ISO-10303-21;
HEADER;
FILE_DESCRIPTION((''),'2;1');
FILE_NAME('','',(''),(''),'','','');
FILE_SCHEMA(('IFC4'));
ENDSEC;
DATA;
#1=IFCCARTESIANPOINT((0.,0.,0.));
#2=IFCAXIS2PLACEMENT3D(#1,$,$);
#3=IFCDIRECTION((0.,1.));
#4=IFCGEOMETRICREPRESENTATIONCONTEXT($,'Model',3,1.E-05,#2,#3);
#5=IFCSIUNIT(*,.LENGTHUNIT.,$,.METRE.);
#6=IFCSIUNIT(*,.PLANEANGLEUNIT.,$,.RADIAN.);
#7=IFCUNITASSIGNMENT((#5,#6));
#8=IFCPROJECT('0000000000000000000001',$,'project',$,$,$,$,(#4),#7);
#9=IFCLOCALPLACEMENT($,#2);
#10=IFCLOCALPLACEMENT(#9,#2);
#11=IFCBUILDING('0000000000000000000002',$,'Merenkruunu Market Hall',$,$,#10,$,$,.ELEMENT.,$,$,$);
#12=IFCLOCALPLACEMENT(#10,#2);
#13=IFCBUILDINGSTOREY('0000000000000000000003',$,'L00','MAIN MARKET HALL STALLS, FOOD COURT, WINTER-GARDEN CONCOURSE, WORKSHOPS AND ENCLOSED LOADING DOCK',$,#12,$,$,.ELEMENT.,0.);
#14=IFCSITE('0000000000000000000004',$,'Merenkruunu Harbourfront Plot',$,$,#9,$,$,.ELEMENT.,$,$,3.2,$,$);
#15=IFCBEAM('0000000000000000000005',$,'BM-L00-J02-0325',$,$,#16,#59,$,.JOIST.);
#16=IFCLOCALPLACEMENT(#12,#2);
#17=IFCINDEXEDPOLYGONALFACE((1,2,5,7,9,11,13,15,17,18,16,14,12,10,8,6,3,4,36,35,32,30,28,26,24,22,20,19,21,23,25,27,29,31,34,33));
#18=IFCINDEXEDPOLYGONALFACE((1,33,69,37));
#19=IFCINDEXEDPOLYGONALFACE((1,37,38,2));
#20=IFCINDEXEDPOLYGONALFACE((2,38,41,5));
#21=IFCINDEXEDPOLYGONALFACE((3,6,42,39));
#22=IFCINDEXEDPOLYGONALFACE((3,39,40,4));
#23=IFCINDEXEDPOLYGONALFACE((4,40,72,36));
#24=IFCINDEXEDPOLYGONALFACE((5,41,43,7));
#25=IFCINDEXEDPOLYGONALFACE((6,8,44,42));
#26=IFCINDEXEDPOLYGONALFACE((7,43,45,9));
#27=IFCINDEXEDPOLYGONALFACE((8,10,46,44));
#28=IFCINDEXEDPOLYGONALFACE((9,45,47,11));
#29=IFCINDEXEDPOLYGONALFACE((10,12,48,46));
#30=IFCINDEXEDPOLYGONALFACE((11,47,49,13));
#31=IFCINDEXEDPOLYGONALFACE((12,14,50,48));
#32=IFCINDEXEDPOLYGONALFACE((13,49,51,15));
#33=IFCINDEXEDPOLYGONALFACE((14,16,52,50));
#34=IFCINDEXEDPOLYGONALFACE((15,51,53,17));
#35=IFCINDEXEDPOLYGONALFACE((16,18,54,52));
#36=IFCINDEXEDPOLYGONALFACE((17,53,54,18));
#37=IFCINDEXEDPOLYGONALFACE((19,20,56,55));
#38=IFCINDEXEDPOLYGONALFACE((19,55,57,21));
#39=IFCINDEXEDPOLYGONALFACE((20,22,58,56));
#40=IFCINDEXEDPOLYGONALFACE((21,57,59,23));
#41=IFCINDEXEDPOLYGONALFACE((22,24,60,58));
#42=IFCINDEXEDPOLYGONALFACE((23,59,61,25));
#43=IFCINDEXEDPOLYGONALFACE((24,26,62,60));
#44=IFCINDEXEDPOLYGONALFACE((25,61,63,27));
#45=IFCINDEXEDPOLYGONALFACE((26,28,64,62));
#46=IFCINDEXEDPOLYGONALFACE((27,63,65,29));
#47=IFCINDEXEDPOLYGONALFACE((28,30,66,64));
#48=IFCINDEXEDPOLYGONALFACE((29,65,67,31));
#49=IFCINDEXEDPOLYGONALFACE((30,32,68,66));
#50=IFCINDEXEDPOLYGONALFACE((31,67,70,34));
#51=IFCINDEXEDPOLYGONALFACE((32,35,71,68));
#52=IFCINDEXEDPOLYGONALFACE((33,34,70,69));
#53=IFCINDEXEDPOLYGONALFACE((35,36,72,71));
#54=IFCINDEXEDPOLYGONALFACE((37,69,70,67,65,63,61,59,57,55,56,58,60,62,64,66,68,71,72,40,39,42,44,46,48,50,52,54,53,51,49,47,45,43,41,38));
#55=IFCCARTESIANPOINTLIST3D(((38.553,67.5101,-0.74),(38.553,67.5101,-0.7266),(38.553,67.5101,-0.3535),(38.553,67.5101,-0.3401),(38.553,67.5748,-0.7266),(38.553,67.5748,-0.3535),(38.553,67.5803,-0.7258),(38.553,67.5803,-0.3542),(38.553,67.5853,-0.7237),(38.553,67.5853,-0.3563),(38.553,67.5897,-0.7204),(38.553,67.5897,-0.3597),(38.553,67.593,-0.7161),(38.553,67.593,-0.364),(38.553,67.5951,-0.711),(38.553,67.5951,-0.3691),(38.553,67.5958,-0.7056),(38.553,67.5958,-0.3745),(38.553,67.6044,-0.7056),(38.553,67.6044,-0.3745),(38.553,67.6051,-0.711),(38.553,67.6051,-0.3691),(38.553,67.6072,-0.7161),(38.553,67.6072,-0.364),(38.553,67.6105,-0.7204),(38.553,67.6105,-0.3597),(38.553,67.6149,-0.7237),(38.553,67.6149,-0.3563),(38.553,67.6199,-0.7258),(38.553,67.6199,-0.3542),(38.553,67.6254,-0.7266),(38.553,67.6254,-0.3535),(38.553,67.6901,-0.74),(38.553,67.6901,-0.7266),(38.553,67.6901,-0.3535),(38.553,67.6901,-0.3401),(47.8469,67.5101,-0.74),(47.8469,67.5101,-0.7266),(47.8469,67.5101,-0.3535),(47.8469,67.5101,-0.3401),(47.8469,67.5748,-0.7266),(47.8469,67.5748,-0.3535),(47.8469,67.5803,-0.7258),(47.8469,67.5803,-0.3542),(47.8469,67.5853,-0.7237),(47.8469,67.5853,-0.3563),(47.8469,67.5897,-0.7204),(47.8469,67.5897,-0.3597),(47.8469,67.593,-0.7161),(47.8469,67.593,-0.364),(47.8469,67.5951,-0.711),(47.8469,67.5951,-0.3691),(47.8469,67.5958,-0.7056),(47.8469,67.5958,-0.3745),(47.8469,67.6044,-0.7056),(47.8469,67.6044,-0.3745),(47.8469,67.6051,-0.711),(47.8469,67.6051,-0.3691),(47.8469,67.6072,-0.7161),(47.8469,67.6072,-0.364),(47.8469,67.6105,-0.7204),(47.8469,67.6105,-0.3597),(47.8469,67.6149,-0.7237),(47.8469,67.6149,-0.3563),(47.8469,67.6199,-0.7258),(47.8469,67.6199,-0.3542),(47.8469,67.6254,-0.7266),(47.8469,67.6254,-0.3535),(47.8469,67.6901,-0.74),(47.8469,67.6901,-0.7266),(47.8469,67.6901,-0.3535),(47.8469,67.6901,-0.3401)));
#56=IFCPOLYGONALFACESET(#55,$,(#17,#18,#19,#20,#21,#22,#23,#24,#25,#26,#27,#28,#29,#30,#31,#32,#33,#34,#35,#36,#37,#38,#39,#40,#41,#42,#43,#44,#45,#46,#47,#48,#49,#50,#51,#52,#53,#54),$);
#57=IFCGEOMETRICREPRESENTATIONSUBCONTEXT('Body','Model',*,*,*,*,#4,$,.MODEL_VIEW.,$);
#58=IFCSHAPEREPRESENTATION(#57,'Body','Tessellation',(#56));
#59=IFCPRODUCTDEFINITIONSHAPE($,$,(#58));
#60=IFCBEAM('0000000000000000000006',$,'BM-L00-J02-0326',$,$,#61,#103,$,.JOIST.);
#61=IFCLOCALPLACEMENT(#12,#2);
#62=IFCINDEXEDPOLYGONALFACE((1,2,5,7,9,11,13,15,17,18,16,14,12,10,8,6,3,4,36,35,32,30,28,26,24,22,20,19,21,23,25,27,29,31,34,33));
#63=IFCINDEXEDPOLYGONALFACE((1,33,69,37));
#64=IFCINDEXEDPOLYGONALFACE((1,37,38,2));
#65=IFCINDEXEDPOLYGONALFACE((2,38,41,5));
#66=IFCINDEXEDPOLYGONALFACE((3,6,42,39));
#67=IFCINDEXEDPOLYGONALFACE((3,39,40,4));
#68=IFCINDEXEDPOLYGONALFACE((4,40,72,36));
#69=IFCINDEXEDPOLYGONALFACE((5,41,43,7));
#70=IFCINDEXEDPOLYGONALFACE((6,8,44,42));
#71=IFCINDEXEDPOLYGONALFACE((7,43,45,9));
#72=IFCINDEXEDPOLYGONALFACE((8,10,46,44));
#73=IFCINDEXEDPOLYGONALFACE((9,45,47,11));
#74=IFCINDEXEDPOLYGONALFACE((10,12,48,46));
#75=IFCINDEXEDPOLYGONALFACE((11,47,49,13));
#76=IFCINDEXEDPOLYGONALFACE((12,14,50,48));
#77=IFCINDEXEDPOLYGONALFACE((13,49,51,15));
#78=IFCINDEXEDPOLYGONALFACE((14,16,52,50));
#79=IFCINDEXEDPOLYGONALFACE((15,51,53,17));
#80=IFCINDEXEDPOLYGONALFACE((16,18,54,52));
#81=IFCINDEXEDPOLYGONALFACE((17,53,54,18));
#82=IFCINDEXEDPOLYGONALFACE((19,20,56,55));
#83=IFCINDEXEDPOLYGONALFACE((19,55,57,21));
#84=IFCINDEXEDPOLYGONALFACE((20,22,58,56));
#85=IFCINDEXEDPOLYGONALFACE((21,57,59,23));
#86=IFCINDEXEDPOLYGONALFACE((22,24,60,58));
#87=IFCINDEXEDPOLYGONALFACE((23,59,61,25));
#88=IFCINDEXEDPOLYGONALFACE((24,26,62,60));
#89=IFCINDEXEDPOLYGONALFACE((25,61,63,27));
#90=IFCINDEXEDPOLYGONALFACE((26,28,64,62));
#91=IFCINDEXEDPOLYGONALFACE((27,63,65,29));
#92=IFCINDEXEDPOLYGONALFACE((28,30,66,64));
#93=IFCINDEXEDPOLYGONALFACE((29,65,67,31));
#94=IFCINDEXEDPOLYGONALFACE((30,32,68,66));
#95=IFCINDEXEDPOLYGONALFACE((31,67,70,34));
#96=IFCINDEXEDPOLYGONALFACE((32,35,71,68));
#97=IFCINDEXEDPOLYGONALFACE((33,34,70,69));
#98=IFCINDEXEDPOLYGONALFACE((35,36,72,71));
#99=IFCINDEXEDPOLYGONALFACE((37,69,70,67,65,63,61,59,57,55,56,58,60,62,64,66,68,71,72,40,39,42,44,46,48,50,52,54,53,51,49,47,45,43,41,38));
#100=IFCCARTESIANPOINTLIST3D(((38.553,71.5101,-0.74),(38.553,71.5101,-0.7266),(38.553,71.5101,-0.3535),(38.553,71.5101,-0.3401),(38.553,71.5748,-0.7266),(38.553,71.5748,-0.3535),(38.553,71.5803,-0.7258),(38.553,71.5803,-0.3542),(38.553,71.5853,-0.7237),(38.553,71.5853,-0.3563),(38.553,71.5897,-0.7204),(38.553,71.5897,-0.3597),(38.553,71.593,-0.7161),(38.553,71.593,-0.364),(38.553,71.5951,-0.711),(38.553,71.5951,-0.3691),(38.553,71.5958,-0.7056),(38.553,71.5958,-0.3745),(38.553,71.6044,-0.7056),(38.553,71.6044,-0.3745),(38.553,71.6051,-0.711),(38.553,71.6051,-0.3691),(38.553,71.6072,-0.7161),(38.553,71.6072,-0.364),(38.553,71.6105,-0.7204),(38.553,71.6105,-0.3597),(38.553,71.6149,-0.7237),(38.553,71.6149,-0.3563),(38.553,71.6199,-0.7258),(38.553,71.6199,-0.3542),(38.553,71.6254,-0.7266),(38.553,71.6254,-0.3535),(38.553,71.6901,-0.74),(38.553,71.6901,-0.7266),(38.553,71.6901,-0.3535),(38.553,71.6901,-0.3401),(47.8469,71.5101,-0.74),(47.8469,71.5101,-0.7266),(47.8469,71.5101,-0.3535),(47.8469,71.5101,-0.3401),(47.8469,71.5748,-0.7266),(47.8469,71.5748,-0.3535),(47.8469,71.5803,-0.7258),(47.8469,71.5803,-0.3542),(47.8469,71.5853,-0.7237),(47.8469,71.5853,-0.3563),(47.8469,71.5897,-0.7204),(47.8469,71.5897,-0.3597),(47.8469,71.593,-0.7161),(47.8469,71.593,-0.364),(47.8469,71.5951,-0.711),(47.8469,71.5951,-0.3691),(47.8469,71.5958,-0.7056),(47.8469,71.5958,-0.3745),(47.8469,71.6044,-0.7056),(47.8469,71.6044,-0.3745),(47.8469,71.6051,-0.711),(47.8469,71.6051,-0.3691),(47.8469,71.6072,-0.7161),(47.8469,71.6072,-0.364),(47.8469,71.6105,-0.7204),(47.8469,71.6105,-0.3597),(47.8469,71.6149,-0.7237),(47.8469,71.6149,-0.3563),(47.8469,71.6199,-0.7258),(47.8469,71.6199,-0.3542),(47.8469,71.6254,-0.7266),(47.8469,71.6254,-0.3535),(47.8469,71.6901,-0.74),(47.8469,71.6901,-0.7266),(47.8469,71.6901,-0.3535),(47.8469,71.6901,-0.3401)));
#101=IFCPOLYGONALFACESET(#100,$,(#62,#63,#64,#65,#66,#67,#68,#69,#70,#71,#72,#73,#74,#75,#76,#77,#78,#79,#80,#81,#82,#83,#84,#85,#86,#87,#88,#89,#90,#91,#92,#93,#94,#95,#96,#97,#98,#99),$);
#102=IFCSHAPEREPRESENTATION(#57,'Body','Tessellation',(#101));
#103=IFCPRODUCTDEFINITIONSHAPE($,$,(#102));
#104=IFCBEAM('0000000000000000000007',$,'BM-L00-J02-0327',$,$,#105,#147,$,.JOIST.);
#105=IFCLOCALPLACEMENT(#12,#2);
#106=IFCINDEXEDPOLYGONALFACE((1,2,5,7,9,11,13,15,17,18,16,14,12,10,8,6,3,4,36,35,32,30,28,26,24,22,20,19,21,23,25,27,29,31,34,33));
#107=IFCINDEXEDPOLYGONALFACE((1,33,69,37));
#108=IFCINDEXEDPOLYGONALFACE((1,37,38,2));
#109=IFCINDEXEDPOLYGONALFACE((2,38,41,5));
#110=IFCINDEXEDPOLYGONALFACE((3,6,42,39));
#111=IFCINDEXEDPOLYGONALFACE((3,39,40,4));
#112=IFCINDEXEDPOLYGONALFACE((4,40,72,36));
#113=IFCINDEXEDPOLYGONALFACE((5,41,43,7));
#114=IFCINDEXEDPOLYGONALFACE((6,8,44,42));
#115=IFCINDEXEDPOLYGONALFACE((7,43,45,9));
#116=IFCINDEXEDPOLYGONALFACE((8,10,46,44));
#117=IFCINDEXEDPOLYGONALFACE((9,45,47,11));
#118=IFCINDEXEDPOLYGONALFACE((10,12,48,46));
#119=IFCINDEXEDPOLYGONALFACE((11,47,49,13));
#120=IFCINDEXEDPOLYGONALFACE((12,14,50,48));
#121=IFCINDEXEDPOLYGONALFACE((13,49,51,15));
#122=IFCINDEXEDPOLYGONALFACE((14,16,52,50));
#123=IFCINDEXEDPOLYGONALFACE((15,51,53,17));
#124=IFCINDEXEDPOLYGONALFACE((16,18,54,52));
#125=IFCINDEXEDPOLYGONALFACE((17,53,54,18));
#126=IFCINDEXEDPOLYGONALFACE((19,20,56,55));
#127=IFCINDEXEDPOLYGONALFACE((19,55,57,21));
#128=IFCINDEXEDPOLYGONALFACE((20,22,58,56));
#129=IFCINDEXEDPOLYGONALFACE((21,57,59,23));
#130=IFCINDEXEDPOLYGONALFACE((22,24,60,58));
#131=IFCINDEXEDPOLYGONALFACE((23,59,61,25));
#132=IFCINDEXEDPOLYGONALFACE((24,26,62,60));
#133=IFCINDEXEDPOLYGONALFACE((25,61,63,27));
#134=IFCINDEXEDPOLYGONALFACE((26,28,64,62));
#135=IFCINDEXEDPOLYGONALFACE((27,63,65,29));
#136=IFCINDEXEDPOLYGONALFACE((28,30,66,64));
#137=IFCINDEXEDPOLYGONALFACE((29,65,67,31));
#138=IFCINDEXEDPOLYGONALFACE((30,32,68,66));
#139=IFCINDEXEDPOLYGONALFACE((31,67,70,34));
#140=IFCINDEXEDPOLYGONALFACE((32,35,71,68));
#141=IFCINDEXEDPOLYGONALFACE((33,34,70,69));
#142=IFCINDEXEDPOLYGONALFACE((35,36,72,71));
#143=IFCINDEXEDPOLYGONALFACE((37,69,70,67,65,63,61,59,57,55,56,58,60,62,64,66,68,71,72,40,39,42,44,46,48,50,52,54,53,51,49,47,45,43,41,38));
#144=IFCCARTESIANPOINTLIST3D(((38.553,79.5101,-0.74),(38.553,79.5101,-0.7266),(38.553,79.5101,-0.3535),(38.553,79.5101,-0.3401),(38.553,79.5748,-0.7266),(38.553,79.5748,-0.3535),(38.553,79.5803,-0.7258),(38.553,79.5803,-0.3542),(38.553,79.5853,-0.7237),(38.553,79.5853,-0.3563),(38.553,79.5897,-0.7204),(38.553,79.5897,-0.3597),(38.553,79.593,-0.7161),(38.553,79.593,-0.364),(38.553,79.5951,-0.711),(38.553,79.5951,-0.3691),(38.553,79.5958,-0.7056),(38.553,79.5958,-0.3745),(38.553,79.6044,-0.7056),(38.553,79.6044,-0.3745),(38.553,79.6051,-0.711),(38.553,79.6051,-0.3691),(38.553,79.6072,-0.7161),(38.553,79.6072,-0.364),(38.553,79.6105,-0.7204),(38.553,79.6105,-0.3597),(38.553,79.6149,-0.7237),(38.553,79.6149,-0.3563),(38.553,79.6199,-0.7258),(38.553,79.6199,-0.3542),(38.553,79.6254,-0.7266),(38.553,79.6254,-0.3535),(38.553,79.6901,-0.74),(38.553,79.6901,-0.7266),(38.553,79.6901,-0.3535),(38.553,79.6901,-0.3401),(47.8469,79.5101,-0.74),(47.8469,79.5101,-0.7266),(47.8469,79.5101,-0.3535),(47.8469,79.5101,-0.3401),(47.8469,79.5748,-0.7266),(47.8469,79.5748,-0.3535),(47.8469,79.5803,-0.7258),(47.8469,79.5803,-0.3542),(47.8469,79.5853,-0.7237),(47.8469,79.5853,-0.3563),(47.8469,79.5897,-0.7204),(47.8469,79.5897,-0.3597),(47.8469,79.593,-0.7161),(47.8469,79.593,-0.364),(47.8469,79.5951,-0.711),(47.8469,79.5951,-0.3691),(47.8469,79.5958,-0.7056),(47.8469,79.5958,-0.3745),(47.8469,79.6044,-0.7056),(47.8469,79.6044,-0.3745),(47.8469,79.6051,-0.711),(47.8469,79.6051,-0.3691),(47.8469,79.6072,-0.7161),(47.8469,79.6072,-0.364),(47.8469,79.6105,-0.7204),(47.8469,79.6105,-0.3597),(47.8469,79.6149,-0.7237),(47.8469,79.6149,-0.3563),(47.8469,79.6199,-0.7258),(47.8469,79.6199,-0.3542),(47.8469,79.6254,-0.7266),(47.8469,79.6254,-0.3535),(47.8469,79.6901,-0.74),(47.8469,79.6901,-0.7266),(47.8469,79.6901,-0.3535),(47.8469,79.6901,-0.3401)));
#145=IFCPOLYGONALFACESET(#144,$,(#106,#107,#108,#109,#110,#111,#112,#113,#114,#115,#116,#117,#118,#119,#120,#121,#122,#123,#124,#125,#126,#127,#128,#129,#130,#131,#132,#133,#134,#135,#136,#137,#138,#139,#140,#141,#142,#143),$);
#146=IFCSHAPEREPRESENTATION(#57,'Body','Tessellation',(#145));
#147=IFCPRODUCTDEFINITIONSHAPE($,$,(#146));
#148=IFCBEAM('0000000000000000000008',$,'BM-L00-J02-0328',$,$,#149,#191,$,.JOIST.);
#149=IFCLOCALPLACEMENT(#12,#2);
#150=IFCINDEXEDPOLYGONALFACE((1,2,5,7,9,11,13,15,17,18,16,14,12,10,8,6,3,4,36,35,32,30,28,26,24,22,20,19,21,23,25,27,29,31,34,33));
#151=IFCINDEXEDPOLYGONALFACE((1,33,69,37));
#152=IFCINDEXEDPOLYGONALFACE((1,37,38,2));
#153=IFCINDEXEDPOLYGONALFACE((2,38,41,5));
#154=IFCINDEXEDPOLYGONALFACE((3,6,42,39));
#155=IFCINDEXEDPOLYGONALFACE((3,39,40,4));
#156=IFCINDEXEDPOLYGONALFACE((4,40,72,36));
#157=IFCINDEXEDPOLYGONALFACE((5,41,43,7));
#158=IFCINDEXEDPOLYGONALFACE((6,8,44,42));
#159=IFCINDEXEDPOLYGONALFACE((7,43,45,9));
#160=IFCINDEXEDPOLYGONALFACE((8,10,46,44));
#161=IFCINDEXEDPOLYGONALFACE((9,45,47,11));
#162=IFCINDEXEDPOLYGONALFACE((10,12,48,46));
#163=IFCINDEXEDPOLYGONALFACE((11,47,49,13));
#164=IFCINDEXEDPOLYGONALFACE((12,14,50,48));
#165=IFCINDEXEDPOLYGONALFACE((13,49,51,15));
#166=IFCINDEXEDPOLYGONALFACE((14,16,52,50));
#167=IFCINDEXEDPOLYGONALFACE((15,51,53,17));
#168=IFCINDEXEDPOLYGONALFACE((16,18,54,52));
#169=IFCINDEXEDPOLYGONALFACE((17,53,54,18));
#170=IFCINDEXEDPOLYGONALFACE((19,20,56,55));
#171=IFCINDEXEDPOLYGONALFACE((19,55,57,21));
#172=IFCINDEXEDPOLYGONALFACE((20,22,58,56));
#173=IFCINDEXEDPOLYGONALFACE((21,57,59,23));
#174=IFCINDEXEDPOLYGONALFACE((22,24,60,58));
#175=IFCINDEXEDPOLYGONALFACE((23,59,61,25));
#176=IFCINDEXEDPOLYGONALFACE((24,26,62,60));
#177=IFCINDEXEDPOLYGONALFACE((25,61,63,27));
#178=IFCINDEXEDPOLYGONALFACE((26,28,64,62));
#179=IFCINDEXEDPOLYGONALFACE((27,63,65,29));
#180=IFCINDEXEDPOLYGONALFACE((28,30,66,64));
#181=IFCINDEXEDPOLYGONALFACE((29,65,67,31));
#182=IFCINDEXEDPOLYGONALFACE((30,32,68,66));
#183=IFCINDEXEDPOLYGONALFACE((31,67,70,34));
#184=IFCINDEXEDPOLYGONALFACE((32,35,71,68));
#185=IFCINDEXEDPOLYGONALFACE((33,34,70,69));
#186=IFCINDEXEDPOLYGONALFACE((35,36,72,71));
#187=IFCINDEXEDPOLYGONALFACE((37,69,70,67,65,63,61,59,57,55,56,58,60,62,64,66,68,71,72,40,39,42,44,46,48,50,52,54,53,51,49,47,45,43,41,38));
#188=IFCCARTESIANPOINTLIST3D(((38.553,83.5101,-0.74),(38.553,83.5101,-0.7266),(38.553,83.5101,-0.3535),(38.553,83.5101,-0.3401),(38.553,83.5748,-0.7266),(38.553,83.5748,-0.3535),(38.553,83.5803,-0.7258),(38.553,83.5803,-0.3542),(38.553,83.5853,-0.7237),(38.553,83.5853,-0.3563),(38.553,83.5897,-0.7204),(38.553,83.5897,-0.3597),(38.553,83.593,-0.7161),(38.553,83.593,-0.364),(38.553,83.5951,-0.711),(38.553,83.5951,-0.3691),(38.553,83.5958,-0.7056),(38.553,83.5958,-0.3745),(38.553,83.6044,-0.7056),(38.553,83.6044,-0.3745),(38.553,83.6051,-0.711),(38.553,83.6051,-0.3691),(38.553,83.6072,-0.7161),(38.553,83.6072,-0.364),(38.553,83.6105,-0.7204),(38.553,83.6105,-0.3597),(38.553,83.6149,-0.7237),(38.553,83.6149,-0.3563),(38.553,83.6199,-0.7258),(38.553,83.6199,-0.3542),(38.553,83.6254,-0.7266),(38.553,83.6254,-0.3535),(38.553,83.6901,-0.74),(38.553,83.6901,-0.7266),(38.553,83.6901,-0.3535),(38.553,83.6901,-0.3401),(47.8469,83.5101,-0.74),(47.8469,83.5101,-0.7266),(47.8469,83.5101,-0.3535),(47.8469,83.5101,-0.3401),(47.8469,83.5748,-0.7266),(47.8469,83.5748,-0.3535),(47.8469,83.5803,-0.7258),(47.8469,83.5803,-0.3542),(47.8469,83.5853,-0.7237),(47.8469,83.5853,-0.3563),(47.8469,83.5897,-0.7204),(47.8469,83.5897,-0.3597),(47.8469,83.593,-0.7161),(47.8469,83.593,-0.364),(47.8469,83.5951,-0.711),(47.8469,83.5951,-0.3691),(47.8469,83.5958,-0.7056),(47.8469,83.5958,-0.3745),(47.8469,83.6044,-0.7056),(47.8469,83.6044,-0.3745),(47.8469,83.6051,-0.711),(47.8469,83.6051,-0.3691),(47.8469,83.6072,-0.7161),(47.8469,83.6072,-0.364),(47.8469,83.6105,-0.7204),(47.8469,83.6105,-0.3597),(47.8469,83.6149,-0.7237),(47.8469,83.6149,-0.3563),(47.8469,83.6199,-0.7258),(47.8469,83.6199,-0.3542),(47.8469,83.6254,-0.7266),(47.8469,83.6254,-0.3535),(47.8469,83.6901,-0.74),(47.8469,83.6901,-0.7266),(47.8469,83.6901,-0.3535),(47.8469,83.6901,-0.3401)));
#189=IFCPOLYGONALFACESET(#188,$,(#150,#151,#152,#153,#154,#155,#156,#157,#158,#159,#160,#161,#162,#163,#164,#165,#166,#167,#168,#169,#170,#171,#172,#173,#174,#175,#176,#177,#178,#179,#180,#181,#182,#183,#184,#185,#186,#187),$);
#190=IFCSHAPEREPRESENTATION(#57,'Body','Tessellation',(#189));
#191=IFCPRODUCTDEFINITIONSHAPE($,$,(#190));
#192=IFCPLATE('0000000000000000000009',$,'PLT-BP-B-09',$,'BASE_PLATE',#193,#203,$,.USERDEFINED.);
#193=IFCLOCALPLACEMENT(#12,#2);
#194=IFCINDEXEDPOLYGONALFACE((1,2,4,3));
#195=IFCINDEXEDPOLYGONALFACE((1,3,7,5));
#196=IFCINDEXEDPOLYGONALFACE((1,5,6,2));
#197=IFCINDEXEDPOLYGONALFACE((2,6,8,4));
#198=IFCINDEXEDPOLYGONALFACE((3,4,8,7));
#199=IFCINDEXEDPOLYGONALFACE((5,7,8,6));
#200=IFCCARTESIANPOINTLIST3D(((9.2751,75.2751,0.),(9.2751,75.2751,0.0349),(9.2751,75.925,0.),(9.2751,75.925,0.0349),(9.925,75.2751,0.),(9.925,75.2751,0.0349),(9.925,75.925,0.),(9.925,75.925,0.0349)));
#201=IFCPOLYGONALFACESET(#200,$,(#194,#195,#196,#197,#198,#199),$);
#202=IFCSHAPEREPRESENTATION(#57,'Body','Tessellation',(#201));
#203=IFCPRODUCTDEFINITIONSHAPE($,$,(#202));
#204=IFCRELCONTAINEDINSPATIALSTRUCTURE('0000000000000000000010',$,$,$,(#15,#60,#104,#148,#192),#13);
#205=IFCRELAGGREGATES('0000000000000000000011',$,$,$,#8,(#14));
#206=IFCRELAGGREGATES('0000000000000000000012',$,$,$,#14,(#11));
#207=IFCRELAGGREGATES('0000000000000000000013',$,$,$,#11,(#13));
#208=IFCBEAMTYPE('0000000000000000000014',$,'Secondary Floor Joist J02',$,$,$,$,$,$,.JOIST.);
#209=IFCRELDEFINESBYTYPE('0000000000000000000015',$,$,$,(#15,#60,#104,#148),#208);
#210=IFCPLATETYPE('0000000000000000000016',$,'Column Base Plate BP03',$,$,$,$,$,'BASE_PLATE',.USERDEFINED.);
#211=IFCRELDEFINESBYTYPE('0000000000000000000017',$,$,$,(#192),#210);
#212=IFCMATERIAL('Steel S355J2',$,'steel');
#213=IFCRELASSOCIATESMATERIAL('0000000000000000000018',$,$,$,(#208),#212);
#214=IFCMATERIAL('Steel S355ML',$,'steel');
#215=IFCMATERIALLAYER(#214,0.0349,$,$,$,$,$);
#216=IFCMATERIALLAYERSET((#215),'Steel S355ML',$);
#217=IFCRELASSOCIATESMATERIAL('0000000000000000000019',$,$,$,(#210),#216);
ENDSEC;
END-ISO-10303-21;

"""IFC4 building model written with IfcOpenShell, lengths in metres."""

from ifc_helpers import new_model, si_unit, direction, frame, origin, origin_2d, place, context, subcontext, project, spatial, rectangle, i_section, extrude, material, layer, layer_set, material_profile, profile_set, type_object, element, save


model = new_model("IFC4")

# Units and contexts
model_context = context("Model", 3, precision=1e-05, world=origin(), true_north=direction((0.0, 1.0)))
body_context = subcontext(model_context, "Body", "Model", "MODEL_VIEW")
ifc_project = project(units=[si_unit("LENGTHUNIT", "METRE"), si_unit("PLANEANGLEUNIT", "RADIAN")], contexts=[model_context])

# Site, building, storey
site_placement = place(None, origin())
site = spatial("IfcSite", under=ifc_project, at=site_placement, Name="Merenkruunu Harbourfront Plot", CompositionType="ELEMENT", RefElevation=3.2)
building_placement = place(site_placement, origin())
building = spatial("IfcBuilding", under=site, at=building_placement, Name="Merenkruunu Market Hall", CompositionType="ELEMENT")
storey_placement = place(building_placement, origin())
storey = spatial("IfcBuildingStorey", under=building, at=storey_placement, Name="L00", Description="MAIN MARKET HALL STALLS, FOOD COURT, WINTER-GARDEN CONCOURSE, WORKSHOPS AND ENCLOSED LOADING DOCK", CompositionType="ELEMENT", Elevation=0.0)

# Shared definitions
ifc_material_1 = material(Name="Steel S355J2", Category="steel")

# Shared definitions
ifc_material_2 = material(Name="Steel S355ML", Category="steel")

# Beams
ifc_material_profile_1 = material_profile(ifc_material_1, i_section(OverallWidth=0.1799, OverallDepth=0.3999, WebThickness=0.0085, FlangeThickness=0.0134, FilletRadius=0.021, at=origin_2d()), Name="IPE 400")
ifc_profile_set_1 = profile_set([ifc_material_profile_1], Name="Steel S355J2")
beam_type_1 = type_object("IfcBeamType", Name="Secondary Floor Joist J02", PredefinedType="JOIST", material=ifc_profile_set_1)
for number, where, z_axis, x_axis, name in (
    (1, (38.553, 67.6001, -0.54), (1.0, 0.0, 0.0), (0.0, 1.0, 0.0), "BM-L00-J02-0325"),
    (2, (38.553, 71.6001, -0.54), (1.0, 0.0, 0.0), (0.0, 1.0, 0.0), "BM-L00-J02-0326"),
    (3, (38.553, 79.6001, -0.54), (1.0, 0.0, 0.0), (0.0, 1.0, 0.0), "BM-L00-J02-0327"),
    (4, (38.553, 83.6001, -0.54), (1.0, 0.0, 0.0), (0.0, 1.0, 0.0), "BM-L00-J02-0328"),
):
    element("IfcBeam", number, at=place(storey_placement, frame(where, z_axis=z_axis, x_axis=x_axis)), inside=storey, type_object=beam_type_1, Name=name, PredefinedType="JOIST", context=body_context, shape_type="SweptSolid", body=[
        extrude(i_section(OverallWidth=0.1799, OverallDepth=0.3999, WebThickness=0.0085, FlangeThickness=0.0134, FilletRadius=0.021, at=origin_2d()), origin(), (0.0, 0.0, 1.0), 9.2939),
    ])

# Plate
ifc_layer_1 = layer(ifc_material_2, 0.0349)
ifc_layer_set_1 = layer_set([ifc_layer_1], Name="Steel S355ML")
plate_type_1 = type_object("IfcPlateType", Name="Column Base Plate BP03", ElementType="BASE_PLATE", PredefinedType="USERDEFINED", material=ifc_layer_set_1)
plate_1_placement = place(storey_placement, frame((9.6001, 75.6001, 0.0), z_axis=(0.0, 0.0, 1.0), x_axis=(1.0, 0.0, 0.0)))
element("IfcPlate", 5, at=plate_1_placement, inside=storey, type_object=plate_type_1, Name="PLT-BP-B-09", ObjectType="BASE_PLATE", PredefinedType="USERDEFINED", context=body_context, shape_type="SweptSolid", body=[
    extrude(rectangle(XDim=0.6499, YDim=0.6499, at=origin_2d()), origin(), (0.0, 0.0, 1.0), 0.0349),
])

save(model, "model.ifc")
